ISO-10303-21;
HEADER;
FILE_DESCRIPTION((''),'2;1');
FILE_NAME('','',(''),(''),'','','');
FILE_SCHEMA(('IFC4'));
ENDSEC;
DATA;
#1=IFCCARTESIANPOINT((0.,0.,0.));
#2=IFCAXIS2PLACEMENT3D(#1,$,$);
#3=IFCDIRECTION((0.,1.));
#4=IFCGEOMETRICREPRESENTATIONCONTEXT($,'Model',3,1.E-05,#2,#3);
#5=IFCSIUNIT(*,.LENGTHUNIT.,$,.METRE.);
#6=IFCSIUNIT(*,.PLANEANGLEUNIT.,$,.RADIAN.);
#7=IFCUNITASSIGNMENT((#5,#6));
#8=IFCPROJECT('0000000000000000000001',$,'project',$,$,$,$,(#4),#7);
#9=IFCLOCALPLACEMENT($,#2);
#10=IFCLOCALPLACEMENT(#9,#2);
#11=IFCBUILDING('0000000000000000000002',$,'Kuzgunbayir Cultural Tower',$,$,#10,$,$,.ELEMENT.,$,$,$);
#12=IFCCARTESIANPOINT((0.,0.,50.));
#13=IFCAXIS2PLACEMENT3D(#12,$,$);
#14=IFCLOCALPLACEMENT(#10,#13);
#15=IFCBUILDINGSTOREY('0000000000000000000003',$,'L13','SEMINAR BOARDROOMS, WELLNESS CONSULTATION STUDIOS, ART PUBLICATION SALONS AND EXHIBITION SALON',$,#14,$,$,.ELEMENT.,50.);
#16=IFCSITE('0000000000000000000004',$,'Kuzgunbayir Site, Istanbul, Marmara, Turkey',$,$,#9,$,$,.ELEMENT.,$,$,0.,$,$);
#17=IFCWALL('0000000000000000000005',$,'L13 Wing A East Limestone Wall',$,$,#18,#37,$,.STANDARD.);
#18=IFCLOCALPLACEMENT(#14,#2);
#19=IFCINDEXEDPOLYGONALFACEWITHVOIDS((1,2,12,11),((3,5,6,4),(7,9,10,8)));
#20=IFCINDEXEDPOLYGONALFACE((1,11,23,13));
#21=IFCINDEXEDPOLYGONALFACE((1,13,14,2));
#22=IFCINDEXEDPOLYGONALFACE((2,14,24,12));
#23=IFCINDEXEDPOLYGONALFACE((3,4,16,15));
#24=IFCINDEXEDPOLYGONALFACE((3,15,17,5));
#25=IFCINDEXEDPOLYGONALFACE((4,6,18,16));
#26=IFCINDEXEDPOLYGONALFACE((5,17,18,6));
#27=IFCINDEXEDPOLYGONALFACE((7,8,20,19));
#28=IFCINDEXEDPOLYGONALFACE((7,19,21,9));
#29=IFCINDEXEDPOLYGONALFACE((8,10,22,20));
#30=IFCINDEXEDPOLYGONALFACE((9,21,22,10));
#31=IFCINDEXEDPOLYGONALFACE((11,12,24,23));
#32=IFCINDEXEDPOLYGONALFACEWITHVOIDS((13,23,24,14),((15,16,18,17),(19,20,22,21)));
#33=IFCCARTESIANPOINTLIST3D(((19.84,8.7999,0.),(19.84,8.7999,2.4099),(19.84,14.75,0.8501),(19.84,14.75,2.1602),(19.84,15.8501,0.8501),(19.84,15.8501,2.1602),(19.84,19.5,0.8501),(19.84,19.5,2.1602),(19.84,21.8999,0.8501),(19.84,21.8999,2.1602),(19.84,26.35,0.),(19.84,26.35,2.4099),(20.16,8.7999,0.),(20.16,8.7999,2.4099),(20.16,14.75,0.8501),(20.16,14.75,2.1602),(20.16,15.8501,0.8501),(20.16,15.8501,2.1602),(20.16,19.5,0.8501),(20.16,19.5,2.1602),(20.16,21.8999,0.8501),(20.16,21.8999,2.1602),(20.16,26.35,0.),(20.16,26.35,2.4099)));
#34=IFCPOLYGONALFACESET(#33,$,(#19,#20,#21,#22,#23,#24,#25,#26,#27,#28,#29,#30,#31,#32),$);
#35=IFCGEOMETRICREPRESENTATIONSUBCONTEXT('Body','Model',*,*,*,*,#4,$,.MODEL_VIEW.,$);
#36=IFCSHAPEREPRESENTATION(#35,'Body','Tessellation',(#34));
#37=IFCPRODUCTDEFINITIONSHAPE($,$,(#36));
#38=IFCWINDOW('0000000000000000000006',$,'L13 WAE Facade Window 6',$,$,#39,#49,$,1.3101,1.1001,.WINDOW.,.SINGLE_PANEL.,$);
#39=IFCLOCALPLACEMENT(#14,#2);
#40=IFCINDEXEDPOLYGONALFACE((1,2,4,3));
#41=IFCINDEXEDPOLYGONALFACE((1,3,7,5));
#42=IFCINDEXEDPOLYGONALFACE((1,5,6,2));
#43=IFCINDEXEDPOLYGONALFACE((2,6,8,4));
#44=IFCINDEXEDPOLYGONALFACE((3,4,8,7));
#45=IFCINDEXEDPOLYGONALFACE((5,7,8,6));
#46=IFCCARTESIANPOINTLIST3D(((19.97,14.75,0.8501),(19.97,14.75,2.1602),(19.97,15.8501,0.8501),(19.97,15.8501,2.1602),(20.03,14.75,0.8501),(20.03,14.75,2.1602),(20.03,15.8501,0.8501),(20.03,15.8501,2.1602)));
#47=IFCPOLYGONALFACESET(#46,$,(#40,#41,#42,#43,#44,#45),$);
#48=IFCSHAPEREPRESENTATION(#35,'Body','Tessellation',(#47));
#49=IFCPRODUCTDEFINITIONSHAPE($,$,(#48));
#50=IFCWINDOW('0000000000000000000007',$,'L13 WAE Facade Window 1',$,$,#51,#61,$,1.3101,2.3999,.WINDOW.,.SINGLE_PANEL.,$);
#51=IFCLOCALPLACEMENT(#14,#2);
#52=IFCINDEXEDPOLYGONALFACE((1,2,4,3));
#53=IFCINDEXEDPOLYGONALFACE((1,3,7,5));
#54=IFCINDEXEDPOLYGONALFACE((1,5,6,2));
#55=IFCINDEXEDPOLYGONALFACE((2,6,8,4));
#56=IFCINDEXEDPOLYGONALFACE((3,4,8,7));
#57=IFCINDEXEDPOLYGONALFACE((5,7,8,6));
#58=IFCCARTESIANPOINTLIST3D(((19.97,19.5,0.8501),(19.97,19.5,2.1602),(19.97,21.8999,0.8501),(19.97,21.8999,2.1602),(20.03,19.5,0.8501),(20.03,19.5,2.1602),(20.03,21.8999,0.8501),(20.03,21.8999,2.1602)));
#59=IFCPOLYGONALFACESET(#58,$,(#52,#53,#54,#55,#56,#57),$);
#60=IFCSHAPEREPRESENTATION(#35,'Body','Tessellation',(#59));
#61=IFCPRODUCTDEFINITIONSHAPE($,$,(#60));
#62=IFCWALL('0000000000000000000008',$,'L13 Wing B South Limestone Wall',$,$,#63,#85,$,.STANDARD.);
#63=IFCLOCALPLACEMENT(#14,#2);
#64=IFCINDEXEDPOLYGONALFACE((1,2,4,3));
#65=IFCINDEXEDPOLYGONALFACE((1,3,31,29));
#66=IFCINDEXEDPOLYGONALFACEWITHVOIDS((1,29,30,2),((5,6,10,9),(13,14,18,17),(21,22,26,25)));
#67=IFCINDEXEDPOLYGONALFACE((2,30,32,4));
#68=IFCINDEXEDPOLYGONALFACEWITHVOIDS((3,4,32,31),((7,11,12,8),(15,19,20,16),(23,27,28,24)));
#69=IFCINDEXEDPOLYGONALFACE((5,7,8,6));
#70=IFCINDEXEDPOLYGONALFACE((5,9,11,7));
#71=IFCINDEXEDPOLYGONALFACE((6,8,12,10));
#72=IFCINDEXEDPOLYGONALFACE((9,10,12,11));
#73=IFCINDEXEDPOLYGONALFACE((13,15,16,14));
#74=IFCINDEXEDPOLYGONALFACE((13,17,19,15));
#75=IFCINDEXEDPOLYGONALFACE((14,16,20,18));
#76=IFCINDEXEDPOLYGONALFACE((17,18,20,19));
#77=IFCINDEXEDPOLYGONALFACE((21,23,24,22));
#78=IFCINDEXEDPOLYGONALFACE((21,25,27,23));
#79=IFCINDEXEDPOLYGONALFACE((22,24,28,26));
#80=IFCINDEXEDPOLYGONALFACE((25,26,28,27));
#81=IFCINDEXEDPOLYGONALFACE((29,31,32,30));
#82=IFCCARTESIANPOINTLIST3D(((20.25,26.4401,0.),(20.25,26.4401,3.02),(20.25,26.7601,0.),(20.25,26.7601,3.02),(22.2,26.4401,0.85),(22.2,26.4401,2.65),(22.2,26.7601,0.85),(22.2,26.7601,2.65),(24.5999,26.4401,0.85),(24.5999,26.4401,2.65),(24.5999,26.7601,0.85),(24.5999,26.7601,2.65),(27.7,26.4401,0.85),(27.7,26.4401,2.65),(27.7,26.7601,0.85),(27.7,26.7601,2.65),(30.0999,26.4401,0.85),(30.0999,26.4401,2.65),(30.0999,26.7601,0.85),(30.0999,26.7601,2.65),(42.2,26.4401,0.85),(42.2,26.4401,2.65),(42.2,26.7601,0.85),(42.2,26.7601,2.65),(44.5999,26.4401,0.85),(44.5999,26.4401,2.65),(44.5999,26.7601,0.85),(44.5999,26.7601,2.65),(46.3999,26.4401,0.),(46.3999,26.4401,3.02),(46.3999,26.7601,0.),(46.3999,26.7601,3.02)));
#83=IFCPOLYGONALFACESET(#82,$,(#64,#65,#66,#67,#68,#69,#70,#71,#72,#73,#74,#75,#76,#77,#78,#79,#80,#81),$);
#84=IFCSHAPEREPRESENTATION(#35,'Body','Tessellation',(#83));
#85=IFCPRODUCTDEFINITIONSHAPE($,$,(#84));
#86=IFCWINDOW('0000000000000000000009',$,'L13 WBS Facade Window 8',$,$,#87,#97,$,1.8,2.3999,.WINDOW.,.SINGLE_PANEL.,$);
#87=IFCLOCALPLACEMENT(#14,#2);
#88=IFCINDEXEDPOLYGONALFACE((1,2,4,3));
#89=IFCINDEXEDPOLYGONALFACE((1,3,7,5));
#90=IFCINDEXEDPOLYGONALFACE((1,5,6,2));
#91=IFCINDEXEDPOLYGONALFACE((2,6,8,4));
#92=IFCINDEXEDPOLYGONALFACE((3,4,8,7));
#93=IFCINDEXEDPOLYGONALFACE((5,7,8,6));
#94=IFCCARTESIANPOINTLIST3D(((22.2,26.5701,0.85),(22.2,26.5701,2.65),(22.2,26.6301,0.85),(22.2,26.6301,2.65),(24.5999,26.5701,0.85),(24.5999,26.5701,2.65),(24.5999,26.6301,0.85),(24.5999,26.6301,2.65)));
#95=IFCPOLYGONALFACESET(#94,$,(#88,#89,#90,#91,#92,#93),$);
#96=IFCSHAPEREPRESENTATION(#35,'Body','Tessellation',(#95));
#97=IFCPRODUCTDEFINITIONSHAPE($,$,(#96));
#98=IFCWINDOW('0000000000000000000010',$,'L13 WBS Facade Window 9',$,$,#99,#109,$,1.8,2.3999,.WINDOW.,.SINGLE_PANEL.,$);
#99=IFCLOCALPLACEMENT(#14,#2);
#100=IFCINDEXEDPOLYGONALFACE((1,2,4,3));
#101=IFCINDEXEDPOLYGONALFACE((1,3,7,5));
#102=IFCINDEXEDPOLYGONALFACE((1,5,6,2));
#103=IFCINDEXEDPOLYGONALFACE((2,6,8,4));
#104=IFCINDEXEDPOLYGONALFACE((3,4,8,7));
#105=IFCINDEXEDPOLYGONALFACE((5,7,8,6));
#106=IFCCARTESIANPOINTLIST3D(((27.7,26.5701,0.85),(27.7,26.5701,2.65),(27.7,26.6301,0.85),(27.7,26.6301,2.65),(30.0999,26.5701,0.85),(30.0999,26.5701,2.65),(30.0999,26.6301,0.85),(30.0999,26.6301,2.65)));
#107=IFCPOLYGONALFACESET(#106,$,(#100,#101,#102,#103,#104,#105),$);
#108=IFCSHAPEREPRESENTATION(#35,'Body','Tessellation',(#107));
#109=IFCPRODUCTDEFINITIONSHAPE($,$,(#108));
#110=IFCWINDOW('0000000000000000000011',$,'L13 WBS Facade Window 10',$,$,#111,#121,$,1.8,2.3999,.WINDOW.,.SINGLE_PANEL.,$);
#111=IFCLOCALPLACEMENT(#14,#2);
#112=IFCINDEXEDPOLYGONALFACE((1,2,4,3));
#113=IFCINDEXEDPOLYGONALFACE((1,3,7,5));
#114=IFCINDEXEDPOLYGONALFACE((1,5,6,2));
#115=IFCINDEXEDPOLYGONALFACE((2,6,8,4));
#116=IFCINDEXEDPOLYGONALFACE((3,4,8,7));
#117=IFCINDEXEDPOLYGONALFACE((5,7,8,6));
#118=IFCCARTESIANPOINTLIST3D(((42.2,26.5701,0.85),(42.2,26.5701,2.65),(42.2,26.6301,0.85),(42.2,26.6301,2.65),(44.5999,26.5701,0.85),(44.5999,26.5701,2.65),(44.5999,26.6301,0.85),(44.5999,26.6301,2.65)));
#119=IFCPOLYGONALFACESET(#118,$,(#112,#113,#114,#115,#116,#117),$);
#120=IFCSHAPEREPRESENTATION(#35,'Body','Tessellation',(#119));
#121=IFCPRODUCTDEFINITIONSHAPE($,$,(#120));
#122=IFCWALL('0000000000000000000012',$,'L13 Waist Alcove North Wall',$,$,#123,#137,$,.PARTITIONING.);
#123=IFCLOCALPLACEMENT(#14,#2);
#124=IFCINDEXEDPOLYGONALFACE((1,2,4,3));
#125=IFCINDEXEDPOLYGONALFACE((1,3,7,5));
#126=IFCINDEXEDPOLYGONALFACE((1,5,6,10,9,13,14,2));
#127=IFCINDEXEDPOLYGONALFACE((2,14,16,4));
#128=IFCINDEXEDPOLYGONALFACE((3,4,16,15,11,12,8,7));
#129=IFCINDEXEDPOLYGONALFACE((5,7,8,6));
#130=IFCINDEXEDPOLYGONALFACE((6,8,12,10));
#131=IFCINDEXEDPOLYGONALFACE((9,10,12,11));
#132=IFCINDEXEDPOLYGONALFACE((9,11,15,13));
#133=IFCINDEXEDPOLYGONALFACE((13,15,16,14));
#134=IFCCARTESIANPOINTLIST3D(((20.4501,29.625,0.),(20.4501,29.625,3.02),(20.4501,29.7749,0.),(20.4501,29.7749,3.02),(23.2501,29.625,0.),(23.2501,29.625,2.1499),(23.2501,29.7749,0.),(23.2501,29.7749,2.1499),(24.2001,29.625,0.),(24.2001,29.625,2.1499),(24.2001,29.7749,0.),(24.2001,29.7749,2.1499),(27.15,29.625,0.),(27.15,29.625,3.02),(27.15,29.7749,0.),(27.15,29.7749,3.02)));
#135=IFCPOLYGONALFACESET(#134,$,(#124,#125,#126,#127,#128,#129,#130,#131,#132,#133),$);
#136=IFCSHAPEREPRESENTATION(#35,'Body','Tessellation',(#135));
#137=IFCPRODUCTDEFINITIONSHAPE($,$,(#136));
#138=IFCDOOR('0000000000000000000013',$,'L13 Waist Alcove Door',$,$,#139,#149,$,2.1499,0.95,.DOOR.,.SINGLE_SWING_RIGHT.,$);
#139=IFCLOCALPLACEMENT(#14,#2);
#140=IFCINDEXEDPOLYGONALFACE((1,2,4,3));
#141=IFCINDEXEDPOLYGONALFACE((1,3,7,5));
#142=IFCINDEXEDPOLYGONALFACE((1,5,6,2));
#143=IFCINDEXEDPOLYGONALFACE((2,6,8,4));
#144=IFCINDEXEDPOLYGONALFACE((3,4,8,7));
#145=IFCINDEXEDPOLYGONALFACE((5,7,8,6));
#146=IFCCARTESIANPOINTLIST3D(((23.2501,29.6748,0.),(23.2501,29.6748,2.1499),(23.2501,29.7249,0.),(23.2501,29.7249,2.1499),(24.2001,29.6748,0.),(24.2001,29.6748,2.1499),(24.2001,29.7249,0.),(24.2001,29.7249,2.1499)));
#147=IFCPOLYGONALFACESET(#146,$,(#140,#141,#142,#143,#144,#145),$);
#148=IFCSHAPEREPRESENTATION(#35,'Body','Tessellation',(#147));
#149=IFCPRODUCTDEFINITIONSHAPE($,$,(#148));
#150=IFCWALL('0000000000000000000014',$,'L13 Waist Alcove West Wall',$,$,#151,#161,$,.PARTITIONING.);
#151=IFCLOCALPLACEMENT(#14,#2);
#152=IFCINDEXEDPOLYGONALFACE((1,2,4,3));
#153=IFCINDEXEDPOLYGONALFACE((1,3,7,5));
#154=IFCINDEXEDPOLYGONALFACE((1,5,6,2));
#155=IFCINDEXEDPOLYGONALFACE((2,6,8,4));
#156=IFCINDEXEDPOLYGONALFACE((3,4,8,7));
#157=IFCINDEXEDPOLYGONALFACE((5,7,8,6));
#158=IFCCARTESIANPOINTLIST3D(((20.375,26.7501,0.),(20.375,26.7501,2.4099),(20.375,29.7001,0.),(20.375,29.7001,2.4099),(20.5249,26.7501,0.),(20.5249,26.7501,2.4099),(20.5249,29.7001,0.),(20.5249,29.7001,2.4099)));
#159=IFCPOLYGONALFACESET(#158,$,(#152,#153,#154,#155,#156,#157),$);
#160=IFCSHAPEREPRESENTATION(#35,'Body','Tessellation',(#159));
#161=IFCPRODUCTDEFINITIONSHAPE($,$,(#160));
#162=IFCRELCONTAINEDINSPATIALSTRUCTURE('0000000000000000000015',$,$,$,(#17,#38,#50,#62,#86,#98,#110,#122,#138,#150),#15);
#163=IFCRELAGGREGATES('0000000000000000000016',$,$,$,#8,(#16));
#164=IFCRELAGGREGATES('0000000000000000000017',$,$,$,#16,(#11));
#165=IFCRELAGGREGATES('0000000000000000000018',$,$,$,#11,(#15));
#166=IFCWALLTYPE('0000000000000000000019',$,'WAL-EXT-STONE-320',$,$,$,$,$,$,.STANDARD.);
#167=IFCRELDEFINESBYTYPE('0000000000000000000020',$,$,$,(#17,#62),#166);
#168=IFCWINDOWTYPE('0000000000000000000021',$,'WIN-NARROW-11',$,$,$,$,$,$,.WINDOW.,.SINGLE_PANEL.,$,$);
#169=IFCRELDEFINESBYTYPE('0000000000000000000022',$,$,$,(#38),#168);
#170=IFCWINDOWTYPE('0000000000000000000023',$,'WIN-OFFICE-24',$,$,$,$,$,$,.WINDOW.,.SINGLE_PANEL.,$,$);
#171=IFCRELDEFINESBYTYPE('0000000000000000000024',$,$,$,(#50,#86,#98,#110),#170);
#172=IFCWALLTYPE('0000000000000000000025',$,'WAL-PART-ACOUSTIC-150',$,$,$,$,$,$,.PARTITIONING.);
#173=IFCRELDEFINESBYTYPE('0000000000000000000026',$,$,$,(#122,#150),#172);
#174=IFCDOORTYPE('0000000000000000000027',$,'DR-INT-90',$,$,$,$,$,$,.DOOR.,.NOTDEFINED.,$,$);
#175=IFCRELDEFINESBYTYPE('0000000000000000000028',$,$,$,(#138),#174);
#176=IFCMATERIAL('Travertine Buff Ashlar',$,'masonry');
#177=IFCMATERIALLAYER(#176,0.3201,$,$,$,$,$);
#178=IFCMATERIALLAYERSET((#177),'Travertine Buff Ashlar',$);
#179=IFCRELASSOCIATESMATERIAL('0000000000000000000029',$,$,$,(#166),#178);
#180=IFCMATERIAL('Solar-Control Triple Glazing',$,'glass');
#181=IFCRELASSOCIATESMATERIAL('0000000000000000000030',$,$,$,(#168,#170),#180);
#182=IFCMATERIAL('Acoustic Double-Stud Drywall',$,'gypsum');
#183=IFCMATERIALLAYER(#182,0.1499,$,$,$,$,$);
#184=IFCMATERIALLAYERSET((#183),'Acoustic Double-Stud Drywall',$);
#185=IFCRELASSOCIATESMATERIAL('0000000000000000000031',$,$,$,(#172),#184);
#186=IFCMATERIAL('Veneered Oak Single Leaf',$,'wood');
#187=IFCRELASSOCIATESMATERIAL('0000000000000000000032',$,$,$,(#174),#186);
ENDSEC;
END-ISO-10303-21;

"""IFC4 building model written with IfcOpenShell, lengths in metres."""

from ifc_helpers import new_model, si_unit, direction, frame, frame_2d, origin, place, context, subcontext, project, spatial, rectangle, extrude, material, layer, layer_set, type_object, element, fill, save


model = new_model("IFC4")

# Units and contexts
model_context = context("Model", 3, precision=1e-05, world=origin(), true_north=direction((0.0, 1.0)))
body_context = subcontext(model_context, "Body", "Model", "MODEL_VIEW")
ifc_project = project(units=[si_unit("LENGTHUNIT", "METRE"), si_unit("PLANEANGLEUNIT", "RADIAN")], contexts=[model_context])

# Site, building, storey
site_placement = place(None, origin())
site = spatial("IfcSite", under=ifc_project, at=site_placement, Name="Kuzgunbayir Site, Istanbul, Marmara, Turkey", CompositionType="ELEMENT", RefElevation=0.0)
building_placement = place(site_placement, origin())
building = spatial("IfcBuilding", under=site, at=building_placement, Name="Kuzgunbayir Cultural Tower", CompositionType="ELEMENT")
storey_placement = place(building_placement, frame((0.0, 0.0, 50.0)))
storey = spatial("IfcBuildingStorey", under=building, at=storey_placement, Name="L13", Description="SEMINAR BOARDROOMS, WELLNESS CONSULTATION STUDIOS, ART PUBLICATION SALONS AND EXHIBITION SALON", CompositionType="ELEMENT", Elevation=50.0)

# Walls, openings, windows
ifc_material_1 = material(Name="Travertine Buff Ashlar", Category="masonry")
ifc_layer_1 = layer(ifc_material_1, 0.3201)
ifc_layer_set_1 = layer_set([ifc_layer_1], Name="Travertine Buff Ashlar")
wall_type_1 = type_object("IfcWallType", Name="WAL-EXT-STONE-320", PredefinedType="STANDARD", material=ifc_layer_set_1)
wall_1_placement = place(storey_placement, frame((20.0, 8.8, 0.0), z_axis=(0.0, 0.0, 1.0), x_axis=(0.0, 1.0, 0.0)))
wall_1 = element("IfcWall", 1, at=wall_1_placement, inside=storey, type_object=wall_type_1, Name="L13 Wing A East Limestone Wall", PredefinedType="STANDARD", context=body_context, shape_type="SweptSolid", body=[
    extrude(rectangle(XDim=17.55, YDim=0.3201, at=frame_2d((8.7749, 0.0))), origin(), (0.0, 0.0, 1.0), 2.4099),
])
opening_1_placement = place(wall_1_placement, frame((10.7, 0.0, 0.8501)))
opening_1 = element("IfcOpeningElement", 2, at=opening_1_placement, cuts=wall_1, PredefinedType="OPENING", context=body_context, shape_type="SweptSolid", body=[
    extrude(rectangle(XDim=2.3999, YDim=1.3101, at=frame_2d((1.2, 0.655))), frame((0.0, 0.1699, 0.0), z_axis=(0.0, -1.0, 0.0), x_axis=(1.0, 0.0, 0.0)), (0.0, 0.0, 1.0), 0.3401),
])
opening_2_placement = place(wall_1_placement, frame((5.95, 0.0, 0.8501)))
opening_2 = element("IfcOpeningElement", 3, at=opening_2_placement, cuts=wall_1, PredefinedType="OPENING", context=body_context, shape_type="SweptSolid", body=[
    extrude(rectangle(XDim=1.1001, YDim=1.3101, at=frame_2d((0.55, 0.655))), frame((0.0, 0.1699, 0.0), z_axis=(0.0, -1.0, 0.0), x_axis=(1.0, 0.0, 0.0)), (0.0, 0.0, 1.0), 0.3401),
])
ifc_material_2 = material(Name="Solar-Control Triple Glazing", Category="glass")
window_type_1 = type_object("IfcWindowType", Name="WIN-NARROW-11", PartitioningType="SINGLE_PANEL", PredefinedType="WINDOW", material=ifc_material_2)
window_1_placement = place(opening_2_placement, origin())
window_1 = element("IfcWindow", 4, at=window_1_placement, inside=storey, type_object=window_type_1, Name="L13 WAE Facade Window 6", OverallHeight=1.3101, OverallWidth=1.1001, PartitioningType="SINGLE_PANEL", PredefinedType="WINDOW", context=body_context, shape_type="SweptSolid", body=[
    extrude(rectangle(XDim=1.1001, YDim=1.3101, at=frame_2d((0.55, 0.655))), frame((0.0, 0.03, 0.0), z_axis=(0.0, -1.0, 0.0), x_axis=(1.0, 0.0, 0.0)), (0.0, 0.0, 1.0), 0.0601),
])
fill(opening_2, window_1)
window_type_2 = type_object("IfcWindowType", Name="WIN-OFFICE-24", PartitioningType="SINGLE_PANEL", PredefinedType="WINDOW", material=ifc_material_2)
window_2_placement = place(opening_1_placement, origin())
window_2 = element("IfcWindow", 5, at=window_2_placement, inside=storey, type_object=window_type_2, Name="L13 WAE Facade Window 1", OverallHeight=1.3101, OverallWidth=2.3999, PartitioningType="SINGLE_PANEL", PredefinedType="WINDOW", context=body_context, shape_type="SweptSolid", body=[
    extrude(rectangle(XDim=2.3999, YDim=1.3101, at=frame_2d((1.2, 0.655))), frame((0.0, 0.03, 0.0), z_axis=(0.0, -1.0, 0.0), x_axis=(1.0, 0.0, 0.0)), (0.0, 0.0, 1.0), 0.0601),
])
fill(opening_1, window_2)
wall_2_placement = place(storey_placement, frame((20.25, 26.6001, 0.0), z_axis=(0.0, 0.0, 1.0), x_axis=(1.0, 0.0, 0.0)))
wall_2 = element("IfcWall", 6, at=wall_2_placement, inside=storey, type_object=wall_type_1, Name="L13 Wing B South Limestone Wall", PredefinedType="STANDARD", context=body_context, shape_type="SweptSolid", body=[
    extrude(rectangle(XDim=26.1499, YDim=0.3201, at=frame_2d((13.075, 0.0))), origin(), (0.0, 0.0, 1.0), 3.02),
])
opening_3_placement = place(wall_2_placement, frame((1.95, 0.0, 0.8501)))
opening_3 = element("IfcOpeningElement", 7, at=opening_3_placement, cuts=wall_2, PredefinedType="OPENING", context=body_context, shape_type="SweptSolid", body=[
    extrude(rectangle(XDim=2.3999, YDim=1.8, at=frame_2d((1.2, 0.8999))), frame((0.0, 0.1699, 0.0), z_axis=(0.0, -1.0, 0.0), x_axis=(1.0, 0.0, 0.0)), (0.0, 0.0, 1.0), 0.3401),
])
opening_4_placement = place(wall_2_placement, frame((7.45, 0.0, 0.8501)))
opening_4 = element("IfcOpeningElement", 8, at=opening_4_placement, cuts=wall_2, PredefinedType="OPENING", context=body_context, shape_type="SweptSolid", body=[
    extrude(rectangle(XDim=2.3999, YDim=1.8, at=frame_2d((1.2, 0.8999))), frame((0.0, 0.1699, 0.0), z_axis=(0.0, -1.0, 0.0), x_axis=(1.0, 0.0, 0.0)), (0.0, 0.0, 1.0), 0.3401),
])
opening_5_placement = place(wall_2_placement, frame((21.95, 0.0, 0.8501)))
opening_5 = element("IfcOpeningElement", 9, at=opening_5_placement, cuts=wall_2, PredefinedType="OPENING", context=body_context, shape_type="SweptSolid", body=[
    extrude(rectangle(XDim=2.3999, YDim=1.8, at=frame_2d((1.2, 0.8999))), frame((0.0, 0.1699, 0.0), z_axis=(0.0, -1.0, 0.0), x_axis=(1.0, 0.0, 0.0)), (0.0, 0.0, 1.0), 0.3401),
])
window_3_placement = place(opening_3_placement, origin())
window_3 = element("IfcWindow", 10, at=window_3_placement, inside=storey, type_object=window_type_2, Name="L13 WBS Facade Window 8", OverallHeight=1.8, OverallWidth=2.3999, PartitioningType="SINGLE_PANEL", PredefinedType="WINDOW", context=body_context, shape_type="SweptSolid", body=[
    extrude(rectangle(XDim=2.3999, YDim=1.8, at=frame_2d((1.2, 0.8999))), frame((0.0, 0.03, 0.0), z_axis=(0.0, -1.0, 0.0), x_axis=(1.0, 0.0, 0.0)), (0.0, 0.0, 1.0), 0.0601),
])
fill(opening_3, window_3)
window_4_placement = place(opening_4_placement, origin())
window_4 = element("IfcWindow", 11, at=window_4_placement, inside=storey, type_object=window_type_2, Name="L13 WBS Facade Window 9", OverallHeight=1.8, OverallWidth=2.3999, PartitioningType="SINGLE_PANEL", PredefinedType="WINDOW", context=body_context, shape_type="SweptSolid", body=[
    extrude(rectangle(XDim=2.3999, YDim=1.8, at=frame_2d((1.2, 0.8999))), frame((0.0, 0.03, 0.0), z_axis=(0.0, -1.0, 0.0), x_axis=(1.0, 0.0, 0.0)), (0.0, 0.0, 1.0), 0.0601),
])
fill(opening_4, window_4)
window_5_placement = place(opening_5_placement, origin())
window_5 = element("IfcWindow", 12, at=window_5_placement, inside=storey, type_object=window_type_2, Name="L13 WBS Facade Window 10", OverallHeight=1.8, OverallWidth=2.3999, PartitioningType="SINGLE_PANEL", PredefinedType="WINDOW", context=body_context, shape_type="SweptSolid", body=[
    extrude(rectangle(XDim=2.3999, YDim=1.8, at=frame_2d((1.2, 0.8999))), frame((0.0, 0.03, 0.0), z_axis=(0.0, -1.0, 0.0), x_axis=(1.0, 0.0, 0.0)), (0.0, 0.0, 1.0), 0.0601),
])
fill(opening_5, window_5)

# Wall, opening, door
ifc_material_3 = material(Name="Acoustic Double-Stud Drywall", Category="gypsum")
ifc_layer_2 = layer(ifc_material_3, 0.1499)
ifc_layer_set_2 = layer_set([ifc_layer_2], Name="Acoustic Double-Stud Drywall")
wall_type_2 = type_object("IfcWallType", Name="WAL-PART-ACOUSTIC-150", PredefinedType="PARTITIONING", material=ifc_layer_set_2)
wall_3_placement = place(storey_placement, frame((20.45, 29.7, 0.0), z_axis=(0.0, 0.0, 1.0), x_axis=(1.0, 0.0, 0.0)))
wall_3 = element("IfcWall", 13, at=wall_3_placement, inside=storey, type_object=wall_type_2, Name="L13 Waist Alcove North Wall", PredefinedType="PARTITIONING", context=body_context, shape_type="SweptSolid", body=[
    extrude(rectangle(XDim=6.7, YDim=0.1499, at=frame_2d((3.3501, 0.0))), origin(), (0.0, 0.0, 1.0), 3.02),
])
opening_6_placement = place(wall_3_placement, frame((2.8, 0.0, 0.0)))
opening_6 = element("IfcOpeningElement", 14, at=opening_6_placement, cuts=wall_3, PredefinedType="OPENING", context=body_context, shape_type="SweptSolid", body=[
    extrude(rectangle(XDim=0.95, YDim=2.1499, at=frame_2d((0.4751, 1.075))), frame((0.0, 0.085, 0.0), z_axis=(0.0, -1.0, 0.0), x_axis=(1.0, 0.0, 0.0)), (0.0, 0.0, 1.0), 0.1699),
])
ifc_material_4 = material(Name="Veneered Oak Single Leaf", Category="wood")
door_type = type_object("IfcDoorType", Name="DR-INT-90", OperationType="NOTDEFINED", PredefinedType="DOOR", material=ifc_material_4)
door_placement = place(opening_6_placement, origin())
door = element("IfcDoor", 15, at=door_placement, inside=storey, type_object=door_type, Name="L13 Waist Alcove Door", OperationType="SINGLE_SWING_RIGHT", OverallHeight=2.1499, OverallWidth=0.95, PredefinedType="DOOR", context=body_context, shape_type="SweptSolid", body=[
    extrude(rectangle(XDim=0.95, YDim=2.1499, at=frame_2d((0.4751, 1.075))), frame((0.0, 0.0249, 0.0), z_axis=(0.0, -1.0, 0.0), x_axis=(1.0, 0.0, 0.0)), (0.0, 0.0, 1.0), 0.05),
])
fill(opening_6, door)

# Wall
wall_4_placement = place(storey_placement, frame((20.45, 26.75, 0.0), z_axis=(0.0, 0.0, 1.0), x_axis=(0.0, 1.0, 0.0)))
element("IfcWall", 16, at=wall_4_placement, inside=storey, type_object=wall_type_2, Name="L13 Waist Alcove West Wall", PredefinedType="PARTITIONING", context=body_context, shape_type="SweptSolid", body=[
    extrude(rectangle(XDim=2.95, YDim=0.1499, at=frame_2d((1.4751, 0.0))), origin(), (0.0, 0.0, 1.0), 2.4099),
])

save(model, "model.ifc")
